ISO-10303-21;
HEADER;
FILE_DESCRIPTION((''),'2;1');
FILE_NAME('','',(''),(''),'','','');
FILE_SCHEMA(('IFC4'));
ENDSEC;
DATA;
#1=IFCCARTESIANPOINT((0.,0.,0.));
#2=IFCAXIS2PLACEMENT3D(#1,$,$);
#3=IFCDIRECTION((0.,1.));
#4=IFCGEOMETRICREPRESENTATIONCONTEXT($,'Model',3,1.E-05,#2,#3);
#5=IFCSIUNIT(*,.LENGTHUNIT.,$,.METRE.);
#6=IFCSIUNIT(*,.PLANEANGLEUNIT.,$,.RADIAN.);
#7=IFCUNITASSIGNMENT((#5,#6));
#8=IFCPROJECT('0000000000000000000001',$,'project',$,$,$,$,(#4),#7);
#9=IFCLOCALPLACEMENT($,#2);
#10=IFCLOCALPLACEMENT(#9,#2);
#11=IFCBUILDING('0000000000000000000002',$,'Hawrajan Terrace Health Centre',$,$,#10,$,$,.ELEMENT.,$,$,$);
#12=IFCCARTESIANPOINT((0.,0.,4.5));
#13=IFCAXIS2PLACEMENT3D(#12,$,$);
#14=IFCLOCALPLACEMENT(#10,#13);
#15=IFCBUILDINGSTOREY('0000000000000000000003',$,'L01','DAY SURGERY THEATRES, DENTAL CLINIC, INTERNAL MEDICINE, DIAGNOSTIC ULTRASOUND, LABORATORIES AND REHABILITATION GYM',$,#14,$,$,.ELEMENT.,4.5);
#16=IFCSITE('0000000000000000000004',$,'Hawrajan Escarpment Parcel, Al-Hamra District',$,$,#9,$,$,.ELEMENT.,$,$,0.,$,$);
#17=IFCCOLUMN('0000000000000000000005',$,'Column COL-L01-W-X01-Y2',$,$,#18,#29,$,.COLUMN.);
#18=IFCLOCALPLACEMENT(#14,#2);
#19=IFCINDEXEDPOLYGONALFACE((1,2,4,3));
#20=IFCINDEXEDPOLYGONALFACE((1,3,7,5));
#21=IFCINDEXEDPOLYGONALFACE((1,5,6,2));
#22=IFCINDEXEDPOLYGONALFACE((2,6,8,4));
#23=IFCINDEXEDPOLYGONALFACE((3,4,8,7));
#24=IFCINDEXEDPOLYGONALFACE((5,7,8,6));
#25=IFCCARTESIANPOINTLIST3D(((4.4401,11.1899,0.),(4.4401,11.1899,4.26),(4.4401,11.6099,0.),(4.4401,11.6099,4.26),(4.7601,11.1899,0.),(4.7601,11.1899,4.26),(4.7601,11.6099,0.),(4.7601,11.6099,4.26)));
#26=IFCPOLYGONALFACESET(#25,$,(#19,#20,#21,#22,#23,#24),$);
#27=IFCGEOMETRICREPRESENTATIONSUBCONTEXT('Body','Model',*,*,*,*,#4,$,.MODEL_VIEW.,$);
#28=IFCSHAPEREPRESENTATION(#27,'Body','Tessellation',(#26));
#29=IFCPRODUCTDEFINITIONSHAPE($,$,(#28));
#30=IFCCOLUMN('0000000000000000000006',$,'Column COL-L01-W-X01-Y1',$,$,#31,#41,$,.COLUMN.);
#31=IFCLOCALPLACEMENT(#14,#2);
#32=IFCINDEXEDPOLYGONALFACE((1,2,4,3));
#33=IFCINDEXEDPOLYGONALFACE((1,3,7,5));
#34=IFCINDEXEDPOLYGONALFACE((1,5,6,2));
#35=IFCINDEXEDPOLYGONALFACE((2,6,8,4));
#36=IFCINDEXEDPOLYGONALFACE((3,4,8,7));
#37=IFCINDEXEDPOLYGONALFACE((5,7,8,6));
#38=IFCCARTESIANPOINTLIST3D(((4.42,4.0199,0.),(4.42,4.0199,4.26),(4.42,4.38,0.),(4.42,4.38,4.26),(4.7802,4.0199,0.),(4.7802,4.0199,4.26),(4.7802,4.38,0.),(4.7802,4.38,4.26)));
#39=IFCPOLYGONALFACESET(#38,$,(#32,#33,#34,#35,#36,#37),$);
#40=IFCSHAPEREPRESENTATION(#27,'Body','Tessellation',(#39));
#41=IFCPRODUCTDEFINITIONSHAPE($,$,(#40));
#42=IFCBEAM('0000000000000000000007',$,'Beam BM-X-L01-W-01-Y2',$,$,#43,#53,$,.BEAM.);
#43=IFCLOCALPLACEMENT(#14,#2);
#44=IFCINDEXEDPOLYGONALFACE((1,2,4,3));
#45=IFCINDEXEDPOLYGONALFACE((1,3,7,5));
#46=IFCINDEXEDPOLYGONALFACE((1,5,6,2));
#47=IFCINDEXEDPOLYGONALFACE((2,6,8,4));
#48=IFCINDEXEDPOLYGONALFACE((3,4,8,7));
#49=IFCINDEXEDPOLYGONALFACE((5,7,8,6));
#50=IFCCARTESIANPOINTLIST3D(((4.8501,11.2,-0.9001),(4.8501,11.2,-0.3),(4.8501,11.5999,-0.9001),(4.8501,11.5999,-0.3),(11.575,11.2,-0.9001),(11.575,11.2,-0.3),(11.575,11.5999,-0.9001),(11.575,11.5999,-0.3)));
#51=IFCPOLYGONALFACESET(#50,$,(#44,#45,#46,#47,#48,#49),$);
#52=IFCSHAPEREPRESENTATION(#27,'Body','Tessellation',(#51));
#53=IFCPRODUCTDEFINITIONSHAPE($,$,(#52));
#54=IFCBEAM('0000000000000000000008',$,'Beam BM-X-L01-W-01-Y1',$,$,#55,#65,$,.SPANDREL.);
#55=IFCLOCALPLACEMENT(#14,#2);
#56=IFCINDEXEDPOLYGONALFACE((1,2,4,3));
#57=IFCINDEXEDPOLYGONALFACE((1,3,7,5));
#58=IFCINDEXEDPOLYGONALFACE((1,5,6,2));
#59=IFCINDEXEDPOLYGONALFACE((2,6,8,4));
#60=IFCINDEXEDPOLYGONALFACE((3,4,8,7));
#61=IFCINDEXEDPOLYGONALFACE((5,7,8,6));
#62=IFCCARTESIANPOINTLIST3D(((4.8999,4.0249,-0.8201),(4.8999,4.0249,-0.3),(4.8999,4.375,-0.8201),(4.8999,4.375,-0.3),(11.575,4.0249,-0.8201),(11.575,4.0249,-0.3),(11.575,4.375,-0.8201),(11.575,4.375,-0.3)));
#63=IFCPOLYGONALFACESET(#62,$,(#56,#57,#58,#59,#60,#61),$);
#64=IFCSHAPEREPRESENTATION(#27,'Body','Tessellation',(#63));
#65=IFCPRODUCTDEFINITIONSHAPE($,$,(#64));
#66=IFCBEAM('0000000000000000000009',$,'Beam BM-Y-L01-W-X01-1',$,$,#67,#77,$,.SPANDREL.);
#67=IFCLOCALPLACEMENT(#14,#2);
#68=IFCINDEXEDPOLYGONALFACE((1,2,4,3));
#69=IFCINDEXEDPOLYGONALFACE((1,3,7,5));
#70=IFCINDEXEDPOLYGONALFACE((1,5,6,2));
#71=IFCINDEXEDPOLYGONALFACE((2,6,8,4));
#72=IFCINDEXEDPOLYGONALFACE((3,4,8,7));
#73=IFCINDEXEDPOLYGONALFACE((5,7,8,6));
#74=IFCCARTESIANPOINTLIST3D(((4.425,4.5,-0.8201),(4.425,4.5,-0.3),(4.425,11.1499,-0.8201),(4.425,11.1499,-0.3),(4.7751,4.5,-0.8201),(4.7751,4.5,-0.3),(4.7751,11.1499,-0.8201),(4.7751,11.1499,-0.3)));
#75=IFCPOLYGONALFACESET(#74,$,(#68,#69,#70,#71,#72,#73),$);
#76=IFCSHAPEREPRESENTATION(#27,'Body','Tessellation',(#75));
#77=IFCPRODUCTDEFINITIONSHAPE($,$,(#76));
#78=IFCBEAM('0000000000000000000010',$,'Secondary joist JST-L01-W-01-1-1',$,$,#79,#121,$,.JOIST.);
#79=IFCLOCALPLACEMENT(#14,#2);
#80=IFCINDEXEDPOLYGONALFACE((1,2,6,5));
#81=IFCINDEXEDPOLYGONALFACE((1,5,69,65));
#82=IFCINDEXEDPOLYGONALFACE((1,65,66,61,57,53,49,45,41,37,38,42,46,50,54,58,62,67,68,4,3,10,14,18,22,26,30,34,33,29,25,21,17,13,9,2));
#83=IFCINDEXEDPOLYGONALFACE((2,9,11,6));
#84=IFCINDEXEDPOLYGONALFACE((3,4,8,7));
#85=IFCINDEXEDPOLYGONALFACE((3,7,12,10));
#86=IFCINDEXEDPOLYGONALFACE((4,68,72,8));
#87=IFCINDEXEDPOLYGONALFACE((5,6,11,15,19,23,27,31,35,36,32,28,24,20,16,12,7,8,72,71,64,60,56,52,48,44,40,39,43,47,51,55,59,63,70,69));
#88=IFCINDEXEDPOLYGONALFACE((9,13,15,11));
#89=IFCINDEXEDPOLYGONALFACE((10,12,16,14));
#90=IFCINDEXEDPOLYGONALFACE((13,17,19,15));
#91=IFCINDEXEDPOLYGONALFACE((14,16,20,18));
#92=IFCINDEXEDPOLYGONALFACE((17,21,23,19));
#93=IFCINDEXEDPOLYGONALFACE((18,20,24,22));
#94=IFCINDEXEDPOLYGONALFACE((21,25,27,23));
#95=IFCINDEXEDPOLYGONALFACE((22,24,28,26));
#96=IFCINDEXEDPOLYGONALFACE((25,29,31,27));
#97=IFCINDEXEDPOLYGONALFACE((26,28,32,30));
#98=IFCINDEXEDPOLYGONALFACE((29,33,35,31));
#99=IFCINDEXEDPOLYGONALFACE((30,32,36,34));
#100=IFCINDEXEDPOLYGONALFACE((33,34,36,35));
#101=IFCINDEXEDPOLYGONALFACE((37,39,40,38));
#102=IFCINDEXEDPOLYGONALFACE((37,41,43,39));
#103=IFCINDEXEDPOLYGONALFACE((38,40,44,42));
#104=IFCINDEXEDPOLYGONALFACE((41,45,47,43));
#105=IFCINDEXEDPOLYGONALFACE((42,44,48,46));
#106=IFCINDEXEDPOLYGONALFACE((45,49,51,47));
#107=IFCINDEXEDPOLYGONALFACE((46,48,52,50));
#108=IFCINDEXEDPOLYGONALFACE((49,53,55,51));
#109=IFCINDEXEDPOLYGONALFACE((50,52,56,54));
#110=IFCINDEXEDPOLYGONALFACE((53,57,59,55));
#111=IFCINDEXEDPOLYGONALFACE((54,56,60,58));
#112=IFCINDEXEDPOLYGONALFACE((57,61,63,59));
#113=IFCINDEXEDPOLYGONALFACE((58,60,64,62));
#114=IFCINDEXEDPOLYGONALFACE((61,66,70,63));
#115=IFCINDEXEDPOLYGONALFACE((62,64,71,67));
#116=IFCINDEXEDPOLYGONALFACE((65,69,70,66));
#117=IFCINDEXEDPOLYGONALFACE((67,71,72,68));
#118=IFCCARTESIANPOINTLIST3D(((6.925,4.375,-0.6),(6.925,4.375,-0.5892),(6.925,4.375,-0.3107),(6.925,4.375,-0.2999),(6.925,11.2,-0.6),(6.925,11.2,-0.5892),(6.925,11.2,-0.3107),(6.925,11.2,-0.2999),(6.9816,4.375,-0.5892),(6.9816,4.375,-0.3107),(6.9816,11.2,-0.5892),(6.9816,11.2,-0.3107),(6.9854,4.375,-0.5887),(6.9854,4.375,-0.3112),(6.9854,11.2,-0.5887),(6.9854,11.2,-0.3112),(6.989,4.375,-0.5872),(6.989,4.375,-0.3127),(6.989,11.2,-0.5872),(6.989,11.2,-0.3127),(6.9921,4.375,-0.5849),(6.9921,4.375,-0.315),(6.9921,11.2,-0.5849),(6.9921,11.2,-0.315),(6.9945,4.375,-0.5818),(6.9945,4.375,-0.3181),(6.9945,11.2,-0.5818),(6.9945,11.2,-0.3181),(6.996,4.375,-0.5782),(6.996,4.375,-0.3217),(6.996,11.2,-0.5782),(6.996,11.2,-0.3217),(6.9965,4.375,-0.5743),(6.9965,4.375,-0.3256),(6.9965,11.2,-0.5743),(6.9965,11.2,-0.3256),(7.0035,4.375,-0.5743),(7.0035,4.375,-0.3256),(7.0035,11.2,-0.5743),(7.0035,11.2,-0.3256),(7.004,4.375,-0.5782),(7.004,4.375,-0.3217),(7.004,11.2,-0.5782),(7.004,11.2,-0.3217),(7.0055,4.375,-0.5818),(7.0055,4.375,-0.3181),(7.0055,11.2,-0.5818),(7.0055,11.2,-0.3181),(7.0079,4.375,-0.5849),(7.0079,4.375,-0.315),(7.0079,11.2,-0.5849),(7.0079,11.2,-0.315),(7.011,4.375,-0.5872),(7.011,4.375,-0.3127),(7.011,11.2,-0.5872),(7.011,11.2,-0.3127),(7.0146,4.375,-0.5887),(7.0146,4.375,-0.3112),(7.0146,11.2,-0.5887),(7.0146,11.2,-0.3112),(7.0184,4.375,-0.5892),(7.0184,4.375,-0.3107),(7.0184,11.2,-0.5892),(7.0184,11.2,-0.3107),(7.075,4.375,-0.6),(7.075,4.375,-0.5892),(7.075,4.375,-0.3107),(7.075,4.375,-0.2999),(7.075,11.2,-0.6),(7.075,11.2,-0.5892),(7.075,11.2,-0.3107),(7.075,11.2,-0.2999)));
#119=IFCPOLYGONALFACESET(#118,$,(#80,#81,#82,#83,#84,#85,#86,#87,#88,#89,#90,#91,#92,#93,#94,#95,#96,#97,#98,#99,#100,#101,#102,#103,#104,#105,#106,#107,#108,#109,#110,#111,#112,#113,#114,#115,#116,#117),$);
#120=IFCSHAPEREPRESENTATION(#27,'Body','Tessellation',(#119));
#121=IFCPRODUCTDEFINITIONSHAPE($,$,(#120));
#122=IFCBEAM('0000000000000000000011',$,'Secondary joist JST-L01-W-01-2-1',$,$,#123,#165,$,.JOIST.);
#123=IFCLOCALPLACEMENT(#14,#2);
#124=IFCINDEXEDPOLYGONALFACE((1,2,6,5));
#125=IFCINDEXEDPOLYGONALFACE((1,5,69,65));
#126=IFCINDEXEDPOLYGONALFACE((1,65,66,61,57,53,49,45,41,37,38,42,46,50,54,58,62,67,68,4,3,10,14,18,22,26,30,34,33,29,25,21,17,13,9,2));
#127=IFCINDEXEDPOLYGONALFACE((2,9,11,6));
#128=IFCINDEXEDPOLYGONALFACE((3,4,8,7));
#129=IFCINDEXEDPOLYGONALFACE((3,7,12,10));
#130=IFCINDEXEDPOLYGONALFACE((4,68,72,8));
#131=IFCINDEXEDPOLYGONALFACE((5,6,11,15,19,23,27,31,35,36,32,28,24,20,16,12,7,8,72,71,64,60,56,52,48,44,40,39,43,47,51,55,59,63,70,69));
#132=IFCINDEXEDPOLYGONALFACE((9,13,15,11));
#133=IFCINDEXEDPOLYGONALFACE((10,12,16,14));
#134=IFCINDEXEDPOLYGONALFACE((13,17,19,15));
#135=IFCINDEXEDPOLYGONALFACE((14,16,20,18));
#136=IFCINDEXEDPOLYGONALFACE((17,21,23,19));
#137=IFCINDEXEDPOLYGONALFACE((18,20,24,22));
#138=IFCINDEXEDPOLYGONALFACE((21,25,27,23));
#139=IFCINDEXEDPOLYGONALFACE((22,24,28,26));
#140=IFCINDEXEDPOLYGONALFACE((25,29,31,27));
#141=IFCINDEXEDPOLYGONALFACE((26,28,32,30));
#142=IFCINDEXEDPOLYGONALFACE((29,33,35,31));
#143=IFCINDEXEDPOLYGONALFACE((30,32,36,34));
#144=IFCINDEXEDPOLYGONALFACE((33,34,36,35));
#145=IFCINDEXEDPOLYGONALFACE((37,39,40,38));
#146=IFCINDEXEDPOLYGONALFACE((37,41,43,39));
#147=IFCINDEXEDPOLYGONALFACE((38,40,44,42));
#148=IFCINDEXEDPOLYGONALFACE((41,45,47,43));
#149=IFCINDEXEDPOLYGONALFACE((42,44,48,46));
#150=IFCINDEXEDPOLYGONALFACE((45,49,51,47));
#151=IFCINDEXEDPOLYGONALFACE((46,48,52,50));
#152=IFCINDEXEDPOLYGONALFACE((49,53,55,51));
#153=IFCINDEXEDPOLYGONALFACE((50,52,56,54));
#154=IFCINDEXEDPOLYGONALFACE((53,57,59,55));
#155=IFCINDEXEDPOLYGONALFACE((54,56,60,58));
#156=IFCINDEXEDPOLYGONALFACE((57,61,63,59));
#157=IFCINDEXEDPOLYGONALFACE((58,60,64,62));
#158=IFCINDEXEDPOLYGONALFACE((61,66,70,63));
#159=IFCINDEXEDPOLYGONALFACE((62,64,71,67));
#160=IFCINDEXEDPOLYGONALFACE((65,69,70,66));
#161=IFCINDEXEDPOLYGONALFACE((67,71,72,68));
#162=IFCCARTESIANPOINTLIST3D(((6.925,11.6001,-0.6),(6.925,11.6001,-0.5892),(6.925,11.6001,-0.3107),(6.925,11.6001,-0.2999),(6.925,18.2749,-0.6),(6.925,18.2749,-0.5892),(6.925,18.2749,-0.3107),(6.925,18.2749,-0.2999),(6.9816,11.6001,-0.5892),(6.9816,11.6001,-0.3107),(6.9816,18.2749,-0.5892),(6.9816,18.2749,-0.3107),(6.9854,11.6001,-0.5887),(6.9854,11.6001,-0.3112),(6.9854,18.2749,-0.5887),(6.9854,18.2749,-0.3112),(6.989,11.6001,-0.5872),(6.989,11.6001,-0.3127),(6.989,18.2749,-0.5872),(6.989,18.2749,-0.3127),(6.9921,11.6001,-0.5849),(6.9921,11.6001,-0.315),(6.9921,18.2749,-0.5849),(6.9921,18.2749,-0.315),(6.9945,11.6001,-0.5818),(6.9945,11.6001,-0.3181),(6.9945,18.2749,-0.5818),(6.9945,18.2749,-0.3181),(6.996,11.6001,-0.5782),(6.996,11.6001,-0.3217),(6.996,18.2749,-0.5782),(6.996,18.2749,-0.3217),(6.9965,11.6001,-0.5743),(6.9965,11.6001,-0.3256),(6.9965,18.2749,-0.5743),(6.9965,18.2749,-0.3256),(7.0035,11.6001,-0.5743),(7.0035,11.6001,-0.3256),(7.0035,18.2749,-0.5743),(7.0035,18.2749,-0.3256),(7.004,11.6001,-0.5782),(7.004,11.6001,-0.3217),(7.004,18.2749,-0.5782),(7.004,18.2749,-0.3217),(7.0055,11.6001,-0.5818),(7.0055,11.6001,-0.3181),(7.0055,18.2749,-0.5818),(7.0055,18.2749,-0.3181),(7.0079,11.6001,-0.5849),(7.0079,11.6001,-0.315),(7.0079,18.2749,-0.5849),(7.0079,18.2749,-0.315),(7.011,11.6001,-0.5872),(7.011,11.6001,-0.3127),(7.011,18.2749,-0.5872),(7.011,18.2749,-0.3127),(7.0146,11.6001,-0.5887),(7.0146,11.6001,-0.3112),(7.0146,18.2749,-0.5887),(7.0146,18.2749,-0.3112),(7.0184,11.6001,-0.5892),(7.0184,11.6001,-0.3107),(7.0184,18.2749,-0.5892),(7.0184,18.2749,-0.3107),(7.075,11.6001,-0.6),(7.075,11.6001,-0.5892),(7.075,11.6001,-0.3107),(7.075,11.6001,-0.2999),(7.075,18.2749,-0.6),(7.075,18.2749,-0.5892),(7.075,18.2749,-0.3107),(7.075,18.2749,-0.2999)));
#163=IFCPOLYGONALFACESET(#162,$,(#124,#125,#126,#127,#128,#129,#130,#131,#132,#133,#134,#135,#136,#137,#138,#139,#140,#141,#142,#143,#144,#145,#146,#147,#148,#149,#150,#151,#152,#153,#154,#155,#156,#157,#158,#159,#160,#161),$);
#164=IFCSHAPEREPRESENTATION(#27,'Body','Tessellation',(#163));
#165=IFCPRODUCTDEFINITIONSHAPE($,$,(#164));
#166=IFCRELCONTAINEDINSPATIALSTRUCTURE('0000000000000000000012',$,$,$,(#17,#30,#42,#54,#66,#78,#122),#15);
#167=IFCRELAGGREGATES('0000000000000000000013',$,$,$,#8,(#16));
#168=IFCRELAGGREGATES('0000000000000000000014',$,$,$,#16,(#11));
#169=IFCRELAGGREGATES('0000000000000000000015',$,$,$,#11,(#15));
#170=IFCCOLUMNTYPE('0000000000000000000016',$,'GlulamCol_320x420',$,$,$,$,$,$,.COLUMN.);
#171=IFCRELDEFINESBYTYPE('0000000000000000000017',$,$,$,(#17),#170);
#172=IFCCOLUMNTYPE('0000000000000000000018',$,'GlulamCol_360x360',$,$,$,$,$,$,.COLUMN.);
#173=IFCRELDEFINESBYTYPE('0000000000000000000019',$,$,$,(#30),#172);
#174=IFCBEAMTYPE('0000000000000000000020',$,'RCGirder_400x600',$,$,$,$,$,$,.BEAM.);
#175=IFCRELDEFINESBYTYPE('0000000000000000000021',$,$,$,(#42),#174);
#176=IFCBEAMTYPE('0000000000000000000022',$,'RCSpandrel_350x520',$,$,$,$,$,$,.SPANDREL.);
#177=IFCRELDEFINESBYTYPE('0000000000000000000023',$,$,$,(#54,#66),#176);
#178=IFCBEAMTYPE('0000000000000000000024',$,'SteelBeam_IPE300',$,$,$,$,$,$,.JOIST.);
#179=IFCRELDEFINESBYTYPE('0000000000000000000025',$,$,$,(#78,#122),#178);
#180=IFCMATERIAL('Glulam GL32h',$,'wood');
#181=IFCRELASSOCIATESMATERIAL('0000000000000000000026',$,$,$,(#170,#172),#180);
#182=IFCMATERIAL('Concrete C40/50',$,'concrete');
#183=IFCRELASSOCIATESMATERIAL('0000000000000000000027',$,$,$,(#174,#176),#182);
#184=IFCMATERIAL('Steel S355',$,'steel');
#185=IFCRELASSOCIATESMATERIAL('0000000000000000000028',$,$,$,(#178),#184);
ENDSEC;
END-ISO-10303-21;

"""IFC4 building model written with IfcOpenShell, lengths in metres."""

from ifc_helpers import new_model, si_unit, direction, frame, origin, origin_2d, place, context, subcontext, project, spatial, rectangle, i_section, extrude, material, material_profile, profile_set, type_object, element, save


model = new_model("IFC4")

# Units and contexts
model_context = context("Model", 3, precision=1e-05, world=origin(), true_north=direction((0.0, 1.0)))
body_context = subcontext(model_context, "Body", "Model", "MODEL_VIEW")
ifc_project = project(units=[si_unit("LENGTHUNIT", "METRE"), si_unit("PLANEANGLEUNIT", "RADIAN")], contexts=[model_context])

# Site, building, storey
site_placement = place(None, origin())
site = spatial("IfcSite", under=ifc_project, at=site_placement, Name="Hawrajan Escarpment Parcel, Al-Hamra District", CompositionType="ELEMENT", RefElevation=0.0)
building_placement = place(site_placement, origin())
building = spatial("IfcBuilding", under=site, at=building_placement, Name="Hawrajan Terrace Health Centre", CompositionType="ELEMENT")
storey_placement = place(building_placement, frame((0.0, 0.0, 4.5)))
storey = spatial("IfcBuildingStorey", under=building, at=storey_placement, Name="L01", Description="DAY SURGERY THEATRES, DENTAL CLINIC, INTERNAL MEDICINE, DIAGNOSTIC ULTRASOUND, LABORATORIES AND REHABILITATION GYM", CompositionType="ELEMENT", Elevation=4.5)

# Columns
ifc_material_1 = material(Name="Glulam GL32h", Category="wood")
ifc_material_profile_1 = material_profile(ifc_material_1, rectangle(XDim=0.3201, YDim=0.4199, at=origin_2d()), Name="GL 320x420")
ifc_profile_set_1 = profile_set([ifc_material_profile_1], Name="Glulam GL32h")
column_type_1 = type_object("IfcColumnType", Name="GlulamCol_320x420", PredefinedType="COLUMN", material=ifc_profile_set_1)
column_1_placement = place(storey_placement, frame((4.6001, 11.3999, 0.0), z_axis=(0.0, 0.0, 1.0), x_axis=(1.0, 0.0, 0.0)))
element("IfcColumn", 1, at=column_1_placement, inside=storey, type_object=column_type_1, Name="Column COL-L01-W-X01-Y2", PredefinedType="COLUMN", context=body_context, shape_type="SweptSolid", body=[
    extrude(rectangle(XDim=0.3201, YDim=0.4199, at=origin_2d()), origin(), (0.0, 0.0, 1.0), 4.26),
])
ifc_material_profile_2 = material_profile(ifc_material_1, rectangle(XDim=0.3601, YDim=0.3601, at=origin_2d()), Name="GL 360x360")
ifc_profile_set_2 = profile_set([ifc_material_profile_2], Name="Glulam GL32h")
column_type_2 = type_object("IfcColumnType", Name="GlulamCol_360x360", PredefinedType="COLUMN", material=ifc_profile_set_2)
column_2_placement = place(storey_placement, frame((4.6001, 4.2, 0.0), z_axis=(0.0, 0.0, 1.0), x_axis=(1.0, 0.0, 0.0)))
element("IfcColumn", 2, at=column_2_placement, inside=storey, type_object=column_type_2, Name="Column COL-L01-W-X01-Y1", PredefinedType="COLUMN", context=body_context, shape_type="SweptSolid", body=[
    extrude(rectangle(XDim=0.3601, YDim=0.3601, at=origin_2d()), origin(), (0.0, 0.0, 1.0), 4.26),
])

# Beams
ifc_material_2 = material(Name="Concrete C40/50", Category="concrete")
ifc_material_profile_3 = material_profile(ifc_material_2, rectangle(XDim=0.3999, YDim=0.6001, at=origin_2d()), Name="RC BM 400x600")
ifc_profile_set_3 = profile_set([ifc_material_profile_3], Name="Concrete C40/50")
beam_type_1 = type_object("IfcBeamType", Name="RCGirder_400x600", PredefinedType="BEAM", material=ifc_profile_set_3)
beam_1_placement = place(storey_placement, frame((4.8501, 11.3999, -0.6001), z_axis=(1.0, 0.0, 0.0), x_axis=(0.0, 1.0, 0.0)))
element("IfcBeam", 3, at=beam_1_placement, inside=storey, type_object=beam_type_1, Name="Beam BM-X-L01-W-01-Y2", PredefinedType="BEAM", context=body_context, shape_type="SweptSolid", body=[
    extrude(rectangle(XDim=0.3999, YDim=0.6001, at=origin_2d()), origin(), (0.0, 0.0, 1.0), 6.7249),
])
ifc_material_profile_4 = material_profile(ifc_material_2, rectangle(XDim=0.3501, YDim=0.52, at=origin_2d()), Name="RC SP 350x520")
ifc_profile_set_4 = profile_set([ifc_material_profile_4], Name="Concrete C40/50")
beam_type_2 = type_object("IfcBeamType", Name="RCSpandrel_350x520", PredefinedType="SPANDREL", material=ifc_profile_set_4)
beam_2_placement = place(storey_placement, frame((4.8999, 4.2, -0.5601), z_axis=(1.0, 0.0, 0.0), x_axis=(0.0, 1.0, 0.0)))
element("IfcBeam", 4, at=beam_2_placement, inside=storey, type_object=beam_type_2, Name="Beam BM-X-L01-W-01-Y1", PredefinedType="SPANDREL", context=body_context, shape_type="SweptSolid", body=[
    extrude(rectangle(XDim=0.3501, YDim=0.52, at=origin_2d()), origin(), (0.0, 0.0, 1.0), 6.675),
])
beam_3_placement = place(storey_placement, frame((4.6001, 4.5, -0.5601), z_axis=(0.0, 1.0, 0.0), x_axis=(-1.0, 0.0, 0.0)))
element("IfcBeam", 5, at=beam_3_placement, inside=storey, type_object=beam_type_2, Name="Beam BM-Y-L01-W-X01-1", PredefinedType="SPANDREL", context=body_context, shape_type="SweptSolid", body=[
    extrude(rectangle(XDim=0.3501, YDim=0.52, at=origin_2d()), origin(), (0.0, 0.0, 1.0), 6.6499),
])
ifc_material_3 = material(Name="Steel S355", Category="steel")
ifc_material_profile_5 = material_profile(ifc_material_3, i_section(OverallWidth=0.1499, OverallDepth=0.3, WebThickness=0.0071, FlangeThickness=0.0107, FilletRadius=0.0149, at=origin_2d()), Name="IPE 300")
ifc_profile_set_5 = profile_set([ifc_material_profile_5], Name="Steel S355")
beam_type_3 = type_object("IfcBeamType", Name="SteelBeam_IPE300", PredefinedType="JOIST", material=ifc_profile_set_5)
beam_4_placement = place(storey_placement, frame((7.0, 4.375, -0.45), z_axis=(0.0, 1.0, 0.0), x_axis=(-1.0, 0.0, 0.0)))
element("IfcBeam", 6, at=beam_4_placement, inside=storey, type_object=beam_type_3, Name="Secondary joist JST-L01-W-01-1-1", PredefinedType="JOIST", context=body_context, shape_type="SweptSolid", body=[
    extrude(i_section(OverallWidth=0.1499, OverallDepth=0.3, WebThickness=0.0071, FlangeThickness=0.0107, FilletRadius=0.0149, at=origin_2d()), origin(), (0.0, 0.0, 1.0), 6.825),
])
beam_5_placement = place(storey_placement, frame((7.0, 11.6001, -0.45), z_axis=(0.0, 1.0, 0.0), x_axis=(-1.0, 0.0, 0.0)))
element("IfcBeam", 7, at=beam_5_placement, inside=storey, type_object=beam_type_3, Name="Secondary joist JST-L01-W-01-2-1", PredefinedType="JOIST", context=body_context, shape_type="SweptSolid", body=[
    extrude(i_section(OverallWidth=0.1499, OverallDepth=0.3, WebThickness=0.0071, FlangeThickness=0.0107, FilletRadius=0.0149, at=origin_2d()), origin(), (0.0, 0.0, 1.0), 6.6748),
])

save(model, "model.ifc")
